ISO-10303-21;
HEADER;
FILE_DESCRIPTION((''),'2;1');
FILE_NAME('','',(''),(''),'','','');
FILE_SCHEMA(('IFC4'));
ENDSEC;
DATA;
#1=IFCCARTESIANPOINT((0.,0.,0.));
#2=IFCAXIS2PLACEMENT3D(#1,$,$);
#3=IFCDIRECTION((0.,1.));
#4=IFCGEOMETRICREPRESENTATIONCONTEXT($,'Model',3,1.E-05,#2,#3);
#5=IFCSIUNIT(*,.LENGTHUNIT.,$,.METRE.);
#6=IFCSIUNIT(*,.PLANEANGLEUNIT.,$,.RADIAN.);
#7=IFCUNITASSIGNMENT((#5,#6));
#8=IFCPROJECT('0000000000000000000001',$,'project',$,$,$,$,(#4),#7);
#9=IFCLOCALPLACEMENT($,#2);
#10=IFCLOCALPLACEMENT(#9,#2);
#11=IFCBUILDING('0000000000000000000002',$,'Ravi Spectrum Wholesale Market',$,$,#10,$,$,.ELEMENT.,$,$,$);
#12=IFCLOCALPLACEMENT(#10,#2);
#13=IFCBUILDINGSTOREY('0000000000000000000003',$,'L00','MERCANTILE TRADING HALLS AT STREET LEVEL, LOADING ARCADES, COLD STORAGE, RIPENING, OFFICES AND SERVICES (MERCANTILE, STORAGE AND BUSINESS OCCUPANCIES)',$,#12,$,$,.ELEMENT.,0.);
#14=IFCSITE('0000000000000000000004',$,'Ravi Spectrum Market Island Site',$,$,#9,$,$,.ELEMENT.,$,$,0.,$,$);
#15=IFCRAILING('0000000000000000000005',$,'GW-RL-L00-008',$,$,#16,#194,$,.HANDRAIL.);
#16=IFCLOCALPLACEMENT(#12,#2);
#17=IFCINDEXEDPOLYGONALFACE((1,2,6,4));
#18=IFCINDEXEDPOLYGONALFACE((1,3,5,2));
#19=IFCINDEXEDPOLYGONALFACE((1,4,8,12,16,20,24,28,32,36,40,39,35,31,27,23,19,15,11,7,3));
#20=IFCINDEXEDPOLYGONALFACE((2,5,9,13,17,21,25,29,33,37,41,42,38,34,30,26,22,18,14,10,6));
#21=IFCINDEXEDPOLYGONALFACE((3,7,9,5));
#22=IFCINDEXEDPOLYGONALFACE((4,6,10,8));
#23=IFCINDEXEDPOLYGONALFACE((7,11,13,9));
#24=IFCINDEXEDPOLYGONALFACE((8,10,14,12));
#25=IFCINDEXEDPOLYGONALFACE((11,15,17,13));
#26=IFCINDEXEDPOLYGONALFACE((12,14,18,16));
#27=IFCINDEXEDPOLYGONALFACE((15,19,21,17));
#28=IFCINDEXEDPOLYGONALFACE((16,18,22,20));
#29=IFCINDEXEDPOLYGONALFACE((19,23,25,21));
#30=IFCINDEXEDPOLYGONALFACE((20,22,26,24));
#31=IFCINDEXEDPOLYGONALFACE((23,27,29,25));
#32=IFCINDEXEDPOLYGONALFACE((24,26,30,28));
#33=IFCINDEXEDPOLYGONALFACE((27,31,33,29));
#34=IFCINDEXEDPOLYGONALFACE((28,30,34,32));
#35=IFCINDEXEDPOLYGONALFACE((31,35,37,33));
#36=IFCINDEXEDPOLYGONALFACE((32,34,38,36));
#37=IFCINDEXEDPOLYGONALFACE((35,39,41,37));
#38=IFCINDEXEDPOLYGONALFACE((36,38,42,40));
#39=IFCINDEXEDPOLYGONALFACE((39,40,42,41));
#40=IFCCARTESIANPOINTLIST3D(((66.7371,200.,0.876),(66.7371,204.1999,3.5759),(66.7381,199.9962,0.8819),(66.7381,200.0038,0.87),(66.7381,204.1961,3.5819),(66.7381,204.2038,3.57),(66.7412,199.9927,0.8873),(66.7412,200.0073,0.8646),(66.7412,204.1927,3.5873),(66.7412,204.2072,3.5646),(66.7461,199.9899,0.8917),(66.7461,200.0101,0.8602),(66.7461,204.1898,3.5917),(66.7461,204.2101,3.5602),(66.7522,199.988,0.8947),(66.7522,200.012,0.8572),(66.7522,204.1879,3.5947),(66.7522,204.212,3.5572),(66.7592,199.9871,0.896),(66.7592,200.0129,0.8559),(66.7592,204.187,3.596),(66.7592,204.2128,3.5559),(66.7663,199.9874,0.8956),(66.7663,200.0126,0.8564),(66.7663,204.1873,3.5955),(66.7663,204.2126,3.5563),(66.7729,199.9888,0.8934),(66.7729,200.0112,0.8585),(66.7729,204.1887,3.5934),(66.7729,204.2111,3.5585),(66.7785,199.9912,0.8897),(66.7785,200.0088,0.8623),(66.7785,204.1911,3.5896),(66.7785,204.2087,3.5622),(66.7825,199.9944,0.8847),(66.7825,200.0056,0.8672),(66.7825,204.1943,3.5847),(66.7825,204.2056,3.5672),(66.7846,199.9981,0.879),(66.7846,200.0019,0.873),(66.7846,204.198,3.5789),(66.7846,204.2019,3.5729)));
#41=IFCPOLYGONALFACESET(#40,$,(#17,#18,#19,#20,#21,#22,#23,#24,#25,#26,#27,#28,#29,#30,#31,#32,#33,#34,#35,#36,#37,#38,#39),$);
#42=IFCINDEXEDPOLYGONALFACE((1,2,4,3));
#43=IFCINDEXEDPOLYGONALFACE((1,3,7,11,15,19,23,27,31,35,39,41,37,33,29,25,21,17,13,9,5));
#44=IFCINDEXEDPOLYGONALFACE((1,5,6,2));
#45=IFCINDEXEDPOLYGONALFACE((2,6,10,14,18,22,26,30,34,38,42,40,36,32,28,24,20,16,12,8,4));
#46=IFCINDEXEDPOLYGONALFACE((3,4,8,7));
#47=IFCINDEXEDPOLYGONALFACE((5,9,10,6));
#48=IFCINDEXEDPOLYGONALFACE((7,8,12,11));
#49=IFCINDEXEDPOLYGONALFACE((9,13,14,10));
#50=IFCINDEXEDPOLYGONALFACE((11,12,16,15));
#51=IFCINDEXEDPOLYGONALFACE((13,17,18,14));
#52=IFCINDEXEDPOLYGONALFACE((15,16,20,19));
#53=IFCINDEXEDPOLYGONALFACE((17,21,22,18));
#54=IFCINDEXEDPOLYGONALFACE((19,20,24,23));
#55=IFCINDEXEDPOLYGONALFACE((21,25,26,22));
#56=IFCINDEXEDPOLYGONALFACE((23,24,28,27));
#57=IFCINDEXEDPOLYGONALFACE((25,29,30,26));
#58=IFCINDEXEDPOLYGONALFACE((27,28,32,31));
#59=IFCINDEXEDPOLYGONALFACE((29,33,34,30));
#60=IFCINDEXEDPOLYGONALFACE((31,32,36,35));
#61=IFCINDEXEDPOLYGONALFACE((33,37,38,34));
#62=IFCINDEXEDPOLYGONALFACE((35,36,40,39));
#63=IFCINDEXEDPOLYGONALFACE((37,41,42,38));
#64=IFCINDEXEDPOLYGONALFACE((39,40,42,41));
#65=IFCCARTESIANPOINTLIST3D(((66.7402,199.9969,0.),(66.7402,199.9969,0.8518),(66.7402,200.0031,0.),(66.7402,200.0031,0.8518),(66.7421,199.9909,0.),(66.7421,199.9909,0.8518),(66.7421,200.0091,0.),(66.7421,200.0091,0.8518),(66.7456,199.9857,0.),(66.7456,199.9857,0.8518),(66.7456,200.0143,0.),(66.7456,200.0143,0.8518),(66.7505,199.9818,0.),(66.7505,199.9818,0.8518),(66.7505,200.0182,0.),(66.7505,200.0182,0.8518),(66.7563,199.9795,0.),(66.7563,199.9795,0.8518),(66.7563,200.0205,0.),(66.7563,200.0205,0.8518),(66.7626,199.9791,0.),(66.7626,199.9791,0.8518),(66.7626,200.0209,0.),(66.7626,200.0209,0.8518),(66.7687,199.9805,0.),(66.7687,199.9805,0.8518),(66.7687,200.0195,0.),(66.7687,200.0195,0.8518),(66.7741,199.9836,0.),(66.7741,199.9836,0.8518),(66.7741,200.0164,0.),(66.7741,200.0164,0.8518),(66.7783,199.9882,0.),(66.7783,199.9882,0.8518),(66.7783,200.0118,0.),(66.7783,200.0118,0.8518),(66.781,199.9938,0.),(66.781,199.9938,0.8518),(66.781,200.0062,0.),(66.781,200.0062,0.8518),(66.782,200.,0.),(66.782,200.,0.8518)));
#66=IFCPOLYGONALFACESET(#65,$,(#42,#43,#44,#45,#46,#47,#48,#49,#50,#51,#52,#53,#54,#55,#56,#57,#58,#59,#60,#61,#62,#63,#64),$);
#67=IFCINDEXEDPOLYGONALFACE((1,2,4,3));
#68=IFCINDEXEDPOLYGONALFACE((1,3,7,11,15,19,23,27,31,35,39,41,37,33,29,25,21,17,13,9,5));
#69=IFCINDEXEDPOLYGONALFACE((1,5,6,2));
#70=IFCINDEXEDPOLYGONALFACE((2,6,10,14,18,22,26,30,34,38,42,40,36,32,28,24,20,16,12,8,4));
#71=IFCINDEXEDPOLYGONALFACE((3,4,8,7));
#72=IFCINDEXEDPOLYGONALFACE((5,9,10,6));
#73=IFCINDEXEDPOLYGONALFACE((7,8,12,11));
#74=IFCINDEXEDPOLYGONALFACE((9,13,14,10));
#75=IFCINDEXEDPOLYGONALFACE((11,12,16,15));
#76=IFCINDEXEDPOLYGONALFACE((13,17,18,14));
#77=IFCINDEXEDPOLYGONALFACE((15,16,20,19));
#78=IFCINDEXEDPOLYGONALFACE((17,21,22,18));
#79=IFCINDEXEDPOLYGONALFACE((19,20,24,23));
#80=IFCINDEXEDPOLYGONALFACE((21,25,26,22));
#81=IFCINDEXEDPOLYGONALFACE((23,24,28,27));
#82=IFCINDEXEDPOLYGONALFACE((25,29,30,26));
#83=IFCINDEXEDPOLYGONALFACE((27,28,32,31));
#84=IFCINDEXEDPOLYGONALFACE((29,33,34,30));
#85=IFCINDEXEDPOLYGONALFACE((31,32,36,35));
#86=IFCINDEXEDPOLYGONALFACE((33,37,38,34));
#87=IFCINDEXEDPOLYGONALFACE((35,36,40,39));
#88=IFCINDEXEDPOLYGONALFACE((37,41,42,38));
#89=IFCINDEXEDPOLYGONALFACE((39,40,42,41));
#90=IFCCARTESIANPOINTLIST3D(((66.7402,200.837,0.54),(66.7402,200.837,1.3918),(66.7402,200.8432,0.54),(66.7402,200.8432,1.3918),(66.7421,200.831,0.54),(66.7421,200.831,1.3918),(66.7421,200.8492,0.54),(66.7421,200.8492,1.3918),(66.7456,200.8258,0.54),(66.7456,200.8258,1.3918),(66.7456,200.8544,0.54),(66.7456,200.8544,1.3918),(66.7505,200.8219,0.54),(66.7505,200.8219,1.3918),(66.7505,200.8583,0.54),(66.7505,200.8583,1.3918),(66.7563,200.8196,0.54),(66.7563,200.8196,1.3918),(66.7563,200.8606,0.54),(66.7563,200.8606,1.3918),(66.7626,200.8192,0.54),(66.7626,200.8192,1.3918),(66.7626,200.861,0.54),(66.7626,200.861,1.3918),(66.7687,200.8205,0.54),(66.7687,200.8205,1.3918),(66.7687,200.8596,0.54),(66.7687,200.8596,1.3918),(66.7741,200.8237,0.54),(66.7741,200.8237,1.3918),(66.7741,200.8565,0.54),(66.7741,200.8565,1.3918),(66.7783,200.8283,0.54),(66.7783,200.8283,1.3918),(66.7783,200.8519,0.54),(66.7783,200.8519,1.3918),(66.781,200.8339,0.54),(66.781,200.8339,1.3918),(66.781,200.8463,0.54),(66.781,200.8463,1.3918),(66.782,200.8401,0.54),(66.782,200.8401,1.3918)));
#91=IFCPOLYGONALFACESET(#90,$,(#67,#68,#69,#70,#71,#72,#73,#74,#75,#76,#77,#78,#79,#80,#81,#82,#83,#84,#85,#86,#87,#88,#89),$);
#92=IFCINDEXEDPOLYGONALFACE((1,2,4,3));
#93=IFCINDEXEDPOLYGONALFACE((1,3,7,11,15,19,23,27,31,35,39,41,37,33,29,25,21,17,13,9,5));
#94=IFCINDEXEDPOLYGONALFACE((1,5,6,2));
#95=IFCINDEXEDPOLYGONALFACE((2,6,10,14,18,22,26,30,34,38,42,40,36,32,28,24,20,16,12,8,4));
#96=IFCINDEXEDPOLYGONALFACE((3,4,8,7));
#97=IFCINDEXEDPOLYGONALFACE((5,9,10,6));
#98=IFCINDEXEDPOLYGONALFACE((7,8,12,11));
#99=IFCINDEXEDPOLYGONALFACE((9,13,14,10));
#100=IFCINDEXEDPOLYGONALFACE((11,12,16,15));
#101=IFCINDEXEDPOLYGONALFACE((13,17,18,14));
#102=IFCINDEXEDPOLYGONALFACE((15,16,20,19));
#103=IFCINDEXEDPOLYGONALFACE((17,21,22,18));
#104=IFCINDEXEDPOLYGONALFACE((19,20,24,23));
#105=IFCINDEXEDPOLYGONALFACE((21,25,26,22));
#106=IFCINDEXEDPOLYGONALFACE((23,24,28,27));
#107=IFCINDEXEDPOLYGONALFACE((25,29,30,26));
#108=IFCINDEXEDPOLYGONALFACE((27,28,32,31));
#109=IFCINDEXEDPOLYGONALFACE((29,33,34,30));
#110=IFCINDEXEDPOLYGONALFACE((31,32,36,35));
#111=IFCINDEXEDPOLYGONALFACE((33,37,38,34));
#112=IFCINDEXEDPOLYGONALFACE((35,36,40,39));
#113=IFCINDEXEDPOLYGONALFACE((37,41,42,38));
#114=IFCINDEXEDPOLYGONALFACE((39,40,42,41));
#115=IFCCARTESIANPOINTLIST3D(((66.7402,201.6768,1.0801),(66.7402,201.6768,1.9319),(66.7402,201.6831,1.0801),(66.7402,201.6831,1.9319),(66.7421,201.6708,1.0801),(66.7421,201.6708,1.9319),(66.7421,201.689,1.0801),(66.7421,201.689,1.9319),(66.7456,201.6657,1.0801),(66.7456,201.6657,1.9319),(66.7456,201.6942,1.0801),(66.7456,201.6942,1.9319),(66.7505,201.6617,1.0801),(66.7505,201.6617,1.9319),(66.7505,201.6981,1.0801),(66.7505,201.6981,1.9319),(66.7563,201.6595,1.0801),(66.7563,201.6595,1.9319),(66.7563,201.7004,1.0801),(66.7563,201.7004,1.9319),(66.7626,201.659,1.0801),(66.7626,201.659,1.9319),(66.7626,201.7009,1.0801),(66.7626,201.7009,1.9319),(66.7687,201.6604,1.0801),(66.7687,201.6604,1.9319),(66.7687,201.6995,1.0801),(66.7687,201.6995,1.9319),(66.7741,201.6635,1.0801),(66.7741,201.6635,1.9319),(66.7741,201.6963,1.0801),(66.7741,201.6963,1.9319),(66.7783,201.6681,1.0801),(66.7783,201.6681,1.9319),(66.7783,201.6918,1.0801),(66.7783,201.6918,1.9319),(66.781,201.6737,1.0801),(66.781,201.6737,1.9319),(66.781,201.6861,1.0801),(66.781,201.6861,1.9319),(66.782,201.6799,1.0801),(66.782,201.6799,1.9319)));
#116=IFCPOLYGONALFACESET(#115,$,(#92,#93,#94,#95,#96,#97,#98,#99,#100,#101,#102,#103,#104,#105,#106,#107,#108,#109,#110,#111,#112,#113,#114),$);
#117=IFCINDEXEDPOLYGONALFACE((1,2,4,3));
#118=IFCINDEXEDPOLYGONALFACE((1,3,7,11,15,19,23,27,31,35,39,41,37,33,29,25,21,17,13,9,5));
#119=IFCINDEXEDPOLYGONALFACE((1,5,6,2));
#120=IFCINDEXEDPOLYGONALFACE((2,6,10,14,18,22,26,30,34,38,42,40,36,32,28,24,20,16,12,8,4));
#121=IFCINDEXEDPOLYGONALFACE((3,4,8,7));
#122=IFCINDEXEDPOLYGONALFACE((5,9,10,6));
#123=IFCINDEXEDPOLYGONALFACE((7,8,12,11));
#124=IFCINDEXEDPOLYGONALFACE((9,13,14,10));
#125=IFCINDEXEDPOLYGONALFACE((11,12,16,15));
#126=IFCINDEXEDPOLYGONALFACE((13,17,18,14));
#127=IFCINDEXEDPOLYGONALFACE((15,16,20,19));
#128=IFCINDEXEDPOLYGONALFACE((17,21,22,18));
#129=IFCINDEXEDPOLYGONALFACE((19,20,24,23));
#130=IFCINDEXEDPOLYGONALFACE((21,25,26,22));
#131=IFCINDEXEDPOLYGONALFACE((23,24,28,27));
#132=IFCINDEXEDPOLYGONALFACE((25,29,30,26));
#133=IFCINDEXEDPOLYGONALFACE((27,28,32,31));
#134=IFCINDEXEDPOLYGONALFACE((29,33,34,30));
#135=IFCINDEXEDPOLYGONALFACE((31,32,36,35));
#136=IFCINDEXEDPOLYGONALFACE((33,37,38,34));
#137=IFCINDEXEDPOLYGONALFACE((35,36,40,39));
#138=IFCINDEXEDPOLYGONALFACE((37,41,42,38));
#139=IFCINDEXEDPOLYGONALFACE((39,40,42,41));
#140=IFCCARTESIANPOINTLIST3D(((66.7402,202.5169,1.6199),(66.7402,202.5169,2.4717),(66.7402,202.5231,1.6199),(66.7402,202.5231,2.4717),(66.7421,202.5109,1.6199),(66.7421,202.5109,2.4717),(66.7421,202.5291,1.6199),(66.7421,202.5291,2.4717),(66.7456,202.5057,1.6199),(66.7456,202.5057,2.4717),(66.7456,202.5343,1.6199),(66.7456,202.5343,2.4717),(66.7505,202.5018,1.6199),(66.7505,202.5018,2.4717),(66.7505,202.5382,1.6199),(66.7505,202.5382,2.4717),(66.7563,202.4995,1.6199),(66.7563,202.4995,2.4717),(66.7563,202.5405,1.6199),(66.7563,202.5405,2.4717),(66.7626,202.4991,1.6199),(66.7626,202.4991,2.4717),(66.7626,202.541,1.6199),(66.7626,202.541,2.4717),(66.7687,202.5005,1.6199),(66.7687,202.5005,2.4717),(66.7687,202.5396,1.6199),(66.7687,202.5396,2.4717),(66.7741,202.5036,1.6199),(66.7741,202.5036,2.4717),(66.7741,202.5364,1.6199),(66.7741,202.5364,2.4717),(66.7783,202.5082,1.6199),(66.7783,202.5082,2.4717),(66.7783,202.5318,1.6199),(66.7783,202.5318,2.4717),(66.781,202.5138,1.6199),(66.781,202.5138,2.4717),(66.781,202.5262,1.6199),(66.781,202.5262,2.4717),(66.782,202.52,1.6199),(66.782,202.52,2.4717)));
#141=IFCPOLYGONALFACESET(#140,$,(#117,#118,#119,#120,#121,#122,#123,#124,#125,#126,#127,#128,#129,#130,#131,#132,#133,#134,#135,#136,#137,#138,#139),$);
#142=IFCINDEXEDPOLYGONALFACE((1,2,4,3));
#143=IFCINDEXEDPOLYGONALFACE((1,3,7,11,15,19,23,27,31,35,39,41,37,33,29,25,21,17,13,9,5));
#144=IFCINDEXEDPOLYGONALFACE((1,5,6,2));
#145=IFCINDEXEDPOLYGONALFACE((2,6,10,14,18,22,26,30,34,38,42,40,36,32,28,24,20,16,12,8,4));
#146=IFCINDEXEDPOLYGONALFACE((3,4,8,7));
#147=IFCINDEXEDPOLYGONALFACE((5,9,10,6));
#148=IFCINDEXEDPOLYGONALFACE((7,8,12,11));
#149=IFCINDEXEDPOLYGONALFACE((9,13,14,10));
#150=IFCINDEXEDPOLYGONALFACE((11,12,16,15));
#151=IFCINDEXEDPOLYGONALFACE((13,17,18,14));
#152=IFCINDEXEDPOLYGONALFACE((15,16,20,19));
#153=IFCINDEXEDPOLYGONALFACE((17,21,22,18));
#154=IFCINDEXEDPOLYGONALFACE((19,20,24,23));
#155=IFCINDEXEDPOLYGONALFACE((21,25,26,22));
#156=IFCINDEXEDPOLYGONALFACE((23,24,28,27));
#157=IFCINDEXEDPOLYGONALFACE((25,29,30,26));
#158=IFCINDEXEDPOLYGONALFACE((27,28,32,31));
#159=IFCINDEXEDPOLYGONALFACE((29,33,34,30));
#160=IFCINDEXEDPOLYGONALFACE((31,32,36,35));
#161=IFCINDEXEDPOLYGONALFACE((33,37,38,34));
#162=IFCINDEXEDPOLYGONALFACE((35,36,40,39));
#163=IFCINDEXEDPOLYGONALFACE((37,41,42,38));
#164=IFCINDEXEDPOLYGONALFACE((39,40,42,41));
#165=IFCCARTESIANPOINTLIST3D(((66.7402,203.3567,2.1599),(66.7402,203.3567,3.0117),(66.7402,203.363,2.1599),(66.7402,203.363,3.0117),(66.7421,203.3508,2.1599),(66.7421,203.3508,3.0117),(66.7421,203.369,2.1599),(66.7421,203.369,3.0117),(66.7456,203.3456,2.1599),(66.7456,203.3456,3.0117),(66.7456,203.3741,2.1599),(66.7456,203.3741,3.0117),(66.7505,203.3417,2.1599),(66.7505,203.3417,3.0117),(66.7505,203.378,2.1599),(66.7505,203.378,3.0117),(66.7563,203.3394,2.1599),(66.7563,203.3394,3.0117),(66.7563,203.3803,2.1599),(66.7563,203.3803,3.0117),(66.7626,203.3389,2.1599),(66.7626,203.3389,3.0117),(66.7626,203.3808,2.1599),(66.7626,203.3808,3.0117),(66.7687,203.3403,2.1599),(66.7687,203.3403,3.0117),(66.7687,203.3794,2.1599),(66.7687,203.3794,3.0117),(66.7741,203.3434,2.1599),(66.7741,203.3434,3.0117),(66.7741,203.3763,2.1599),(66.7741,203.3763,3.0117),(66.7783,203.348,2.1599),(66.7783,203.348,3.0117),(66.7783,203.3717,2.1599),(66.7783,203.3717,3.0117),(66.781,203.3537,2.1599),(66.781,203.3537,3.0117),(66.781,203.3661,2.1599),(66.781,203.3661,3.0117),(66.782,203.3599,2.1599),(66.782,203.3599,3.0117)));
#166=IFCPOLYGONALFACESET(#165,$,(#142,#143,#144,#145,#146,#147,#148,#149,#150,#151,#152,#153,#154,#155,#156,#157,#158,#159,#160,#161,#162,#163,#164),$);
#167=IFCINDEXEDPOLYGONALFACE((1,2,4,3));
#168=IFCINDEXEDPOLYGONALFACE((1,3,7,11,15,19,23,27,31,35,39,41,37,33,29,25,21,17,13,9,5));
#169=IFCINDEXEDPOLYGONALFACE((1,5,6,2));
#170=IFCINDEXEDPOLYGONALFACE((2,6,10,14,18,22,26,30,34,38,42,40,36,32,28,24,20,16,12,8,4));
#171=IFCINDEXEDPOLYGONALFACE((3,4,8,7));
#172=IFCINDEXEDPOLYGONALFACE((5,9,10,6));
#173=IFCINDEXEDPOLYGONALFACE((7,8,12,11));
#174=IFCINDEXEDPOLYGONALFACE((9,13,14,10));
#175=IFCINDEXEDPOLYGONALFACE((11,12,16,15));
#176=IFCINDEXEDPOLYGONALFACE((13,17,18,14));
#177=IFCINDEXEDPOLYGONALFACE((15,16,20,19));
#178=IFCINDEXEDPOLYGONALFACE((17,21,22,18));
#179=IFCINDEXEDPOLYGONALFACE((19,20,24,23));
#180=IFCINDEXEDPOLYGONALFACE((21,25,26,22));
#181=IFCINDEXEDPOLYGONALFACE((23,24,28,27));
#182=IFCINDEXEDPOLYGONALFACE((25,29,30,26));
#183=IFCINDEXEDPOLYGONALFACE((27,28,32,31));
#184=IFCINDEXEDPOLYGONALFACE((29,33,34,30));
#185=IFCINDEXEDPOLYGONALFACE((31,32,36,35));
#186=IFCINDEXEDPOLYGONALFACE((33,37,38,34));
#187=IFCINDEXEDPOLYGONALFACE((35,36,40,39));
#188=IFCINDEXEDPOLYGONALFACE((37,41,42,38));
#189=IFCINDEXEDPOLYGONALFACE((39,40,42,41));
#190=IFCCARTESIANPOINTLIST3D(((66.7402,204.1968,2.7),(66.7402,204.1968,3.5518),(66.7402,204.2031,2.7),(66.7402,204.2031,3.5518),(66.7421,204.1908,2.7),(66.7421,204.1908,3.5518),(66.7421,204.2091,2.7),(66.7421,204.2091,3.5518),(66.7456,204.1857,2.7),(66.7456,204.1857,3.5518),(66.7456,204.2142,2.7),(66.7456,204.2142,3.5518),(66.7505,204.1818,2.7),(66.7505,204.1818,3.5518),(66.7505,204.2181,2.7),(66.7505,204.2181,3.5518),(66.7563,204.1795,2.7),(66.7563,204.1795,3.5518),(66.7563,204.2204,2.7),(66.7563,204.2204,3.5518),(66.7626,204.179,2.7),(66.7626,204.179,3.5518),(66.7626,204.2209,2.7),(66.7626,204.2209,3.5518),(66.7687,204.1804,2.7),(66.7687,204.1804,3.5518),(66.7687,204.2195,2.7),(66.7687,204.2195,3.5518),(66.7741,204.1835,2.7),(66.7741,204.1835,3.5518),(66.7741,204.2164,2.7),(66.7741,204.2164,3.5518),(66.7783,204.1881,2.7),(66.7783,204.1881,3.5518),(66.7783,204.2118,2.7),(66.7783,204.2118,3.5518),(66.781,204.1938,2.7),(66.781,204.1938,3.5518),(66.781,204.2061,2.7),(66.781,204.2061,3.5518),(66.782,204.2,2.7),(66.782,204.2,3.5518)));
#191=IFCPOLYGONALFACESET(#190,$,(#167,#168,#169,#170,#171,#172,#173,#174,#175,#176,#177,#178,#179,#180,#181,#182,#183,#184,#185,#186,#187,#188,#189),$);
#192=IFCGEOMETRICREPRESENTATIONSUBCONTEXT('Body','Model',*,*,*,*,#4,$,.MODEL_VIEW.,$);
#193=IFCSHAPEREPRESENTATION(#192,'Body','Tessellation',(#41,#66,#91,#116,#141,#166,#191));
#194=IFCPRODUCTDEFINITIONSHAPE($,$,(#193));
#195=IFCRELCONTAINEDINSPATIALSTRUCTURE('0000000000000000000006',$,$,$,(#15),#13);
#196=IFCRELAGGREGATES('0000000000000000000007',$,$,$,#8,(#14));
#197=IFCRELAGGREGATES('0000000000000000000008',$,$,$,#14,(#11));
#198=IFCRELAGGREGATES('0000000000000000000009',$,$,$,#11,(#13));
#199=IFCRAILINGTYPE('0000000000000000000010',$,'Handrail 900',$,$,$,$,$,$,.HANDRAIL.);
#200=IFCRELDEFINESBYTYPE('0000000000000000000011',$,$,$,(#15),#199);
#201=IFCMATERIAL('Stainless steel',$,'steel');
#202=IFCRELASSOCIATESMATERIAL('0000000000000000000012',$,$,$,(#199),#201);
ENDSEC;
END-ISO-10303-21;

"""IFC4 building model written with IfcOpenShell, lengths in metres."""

from ifc_helpers import new_model, si_unit, direction, frame, origin, origin_2d, place, context, subcontext, project, spatial, circle, extrude, material, type_object, element, save


model = new_model("IFC4")

# Units and contexts
model_context = context("Model", 3, precision=1e-05, world=origin(), true_north=direction((0.0, 1.0)))
body_context = subcontext(model_context, "Body", "Model", "MODEL_VIEW")
ifc_project = project(units=[si_unit("LENGTHUNIT", "METRE"), si_unit("PLANEANGLEUNIT", "RADIAN")], contexts=[model_context])

# Site, building, storey
site_placement = place(None, origin())
site = spatial("IfcSite", under=ifc_project, at=site_placement, Name="Ravi Spectrum Market Island Site", CompositionType="ELEMENT", RefElevation=0.0)
building_placement = place(site_placement, origin())
building = spatial("IfcBuilding", under=site, at=building_placement, Name="Ravi Spectrum Wholesale Market", CompositionType="ELEMENT")
storey_placement = place(building_placement, origin())
storey = spatial("IfcBuildingStorey", under=building, at=storey_placement, Name="L00", Description="MERCANTILE TRADING HALLS AT STREET LEVEL, LOADING ARCADES, COLD STORAGE, RIPENING, OFFICES AND SERVICES (MERCANTILE, STORAGE AND BUSINESS OCCUPANCIES)", CompositionType="ELEMENT", Elevation=0.0)

# Railing
ifc_material_1 = material(Name="Stainless steel", Category="steel")
railing_type = type_object("IfcRailingType", Name="Handrail 900", PredefinedType="HANDRAIL", material=ifc_material_1)
railing_1_placement = place(storey_placement, frame((66.761, 200.0, 0.0)))
element("IfcRailing", 1, at=railing_1_placement, inside=storey, type_object=railing_type, Name="GW-RL-L00-008", PredefinedType="HANDRAIL", context=body_context, shape_type="SweptSolid", body=[
    extrude(circle(Radius=0.0239, at=origin_2d()), frame((0.0, 0.0, 0.876), z_axis=(0.0, 0.84118, 0.540755), x_axis=(-1.0, 0.0, 0.0)), (0.0, 0.0, 1.0), 4.9929),
    extrude(circle(Radius=0.021, at=origin_2d()), origin(), (0.0, 0.0, 1.0), 0.8518),
    extrude(circle(Radius=0.021, at=origin_2d()), frame((0.0, 0.8401, 0.54)), (0.0, 0.0, 1.0), 0.8518),
    extrude(circle(Radius=0.021, at=origin_2d()), frame((0.0, 1.6799, 1.0801)), (0.0, 0.0, 1.0), 0.8518),
    extrude(circle(Radius=0.021, at=origin_2d()), frame((0.0, 2.52, 1.6199)), (0.0, 0.0, 1.0), 0.8518),
    extrude(circle(Radius=0.021, at=origin_2d()), frame((0.0, 3.3599, 2.1599)), (0.0, 0.0, 1.0), 0.8518),
    extrude(circle(Radius=0.021, at=origin_2d()), frame((0.0, 4.2, 2.7)), (0.0, 0.0, 1.0), 0.8518),
])

save(model, "model.ifc")
